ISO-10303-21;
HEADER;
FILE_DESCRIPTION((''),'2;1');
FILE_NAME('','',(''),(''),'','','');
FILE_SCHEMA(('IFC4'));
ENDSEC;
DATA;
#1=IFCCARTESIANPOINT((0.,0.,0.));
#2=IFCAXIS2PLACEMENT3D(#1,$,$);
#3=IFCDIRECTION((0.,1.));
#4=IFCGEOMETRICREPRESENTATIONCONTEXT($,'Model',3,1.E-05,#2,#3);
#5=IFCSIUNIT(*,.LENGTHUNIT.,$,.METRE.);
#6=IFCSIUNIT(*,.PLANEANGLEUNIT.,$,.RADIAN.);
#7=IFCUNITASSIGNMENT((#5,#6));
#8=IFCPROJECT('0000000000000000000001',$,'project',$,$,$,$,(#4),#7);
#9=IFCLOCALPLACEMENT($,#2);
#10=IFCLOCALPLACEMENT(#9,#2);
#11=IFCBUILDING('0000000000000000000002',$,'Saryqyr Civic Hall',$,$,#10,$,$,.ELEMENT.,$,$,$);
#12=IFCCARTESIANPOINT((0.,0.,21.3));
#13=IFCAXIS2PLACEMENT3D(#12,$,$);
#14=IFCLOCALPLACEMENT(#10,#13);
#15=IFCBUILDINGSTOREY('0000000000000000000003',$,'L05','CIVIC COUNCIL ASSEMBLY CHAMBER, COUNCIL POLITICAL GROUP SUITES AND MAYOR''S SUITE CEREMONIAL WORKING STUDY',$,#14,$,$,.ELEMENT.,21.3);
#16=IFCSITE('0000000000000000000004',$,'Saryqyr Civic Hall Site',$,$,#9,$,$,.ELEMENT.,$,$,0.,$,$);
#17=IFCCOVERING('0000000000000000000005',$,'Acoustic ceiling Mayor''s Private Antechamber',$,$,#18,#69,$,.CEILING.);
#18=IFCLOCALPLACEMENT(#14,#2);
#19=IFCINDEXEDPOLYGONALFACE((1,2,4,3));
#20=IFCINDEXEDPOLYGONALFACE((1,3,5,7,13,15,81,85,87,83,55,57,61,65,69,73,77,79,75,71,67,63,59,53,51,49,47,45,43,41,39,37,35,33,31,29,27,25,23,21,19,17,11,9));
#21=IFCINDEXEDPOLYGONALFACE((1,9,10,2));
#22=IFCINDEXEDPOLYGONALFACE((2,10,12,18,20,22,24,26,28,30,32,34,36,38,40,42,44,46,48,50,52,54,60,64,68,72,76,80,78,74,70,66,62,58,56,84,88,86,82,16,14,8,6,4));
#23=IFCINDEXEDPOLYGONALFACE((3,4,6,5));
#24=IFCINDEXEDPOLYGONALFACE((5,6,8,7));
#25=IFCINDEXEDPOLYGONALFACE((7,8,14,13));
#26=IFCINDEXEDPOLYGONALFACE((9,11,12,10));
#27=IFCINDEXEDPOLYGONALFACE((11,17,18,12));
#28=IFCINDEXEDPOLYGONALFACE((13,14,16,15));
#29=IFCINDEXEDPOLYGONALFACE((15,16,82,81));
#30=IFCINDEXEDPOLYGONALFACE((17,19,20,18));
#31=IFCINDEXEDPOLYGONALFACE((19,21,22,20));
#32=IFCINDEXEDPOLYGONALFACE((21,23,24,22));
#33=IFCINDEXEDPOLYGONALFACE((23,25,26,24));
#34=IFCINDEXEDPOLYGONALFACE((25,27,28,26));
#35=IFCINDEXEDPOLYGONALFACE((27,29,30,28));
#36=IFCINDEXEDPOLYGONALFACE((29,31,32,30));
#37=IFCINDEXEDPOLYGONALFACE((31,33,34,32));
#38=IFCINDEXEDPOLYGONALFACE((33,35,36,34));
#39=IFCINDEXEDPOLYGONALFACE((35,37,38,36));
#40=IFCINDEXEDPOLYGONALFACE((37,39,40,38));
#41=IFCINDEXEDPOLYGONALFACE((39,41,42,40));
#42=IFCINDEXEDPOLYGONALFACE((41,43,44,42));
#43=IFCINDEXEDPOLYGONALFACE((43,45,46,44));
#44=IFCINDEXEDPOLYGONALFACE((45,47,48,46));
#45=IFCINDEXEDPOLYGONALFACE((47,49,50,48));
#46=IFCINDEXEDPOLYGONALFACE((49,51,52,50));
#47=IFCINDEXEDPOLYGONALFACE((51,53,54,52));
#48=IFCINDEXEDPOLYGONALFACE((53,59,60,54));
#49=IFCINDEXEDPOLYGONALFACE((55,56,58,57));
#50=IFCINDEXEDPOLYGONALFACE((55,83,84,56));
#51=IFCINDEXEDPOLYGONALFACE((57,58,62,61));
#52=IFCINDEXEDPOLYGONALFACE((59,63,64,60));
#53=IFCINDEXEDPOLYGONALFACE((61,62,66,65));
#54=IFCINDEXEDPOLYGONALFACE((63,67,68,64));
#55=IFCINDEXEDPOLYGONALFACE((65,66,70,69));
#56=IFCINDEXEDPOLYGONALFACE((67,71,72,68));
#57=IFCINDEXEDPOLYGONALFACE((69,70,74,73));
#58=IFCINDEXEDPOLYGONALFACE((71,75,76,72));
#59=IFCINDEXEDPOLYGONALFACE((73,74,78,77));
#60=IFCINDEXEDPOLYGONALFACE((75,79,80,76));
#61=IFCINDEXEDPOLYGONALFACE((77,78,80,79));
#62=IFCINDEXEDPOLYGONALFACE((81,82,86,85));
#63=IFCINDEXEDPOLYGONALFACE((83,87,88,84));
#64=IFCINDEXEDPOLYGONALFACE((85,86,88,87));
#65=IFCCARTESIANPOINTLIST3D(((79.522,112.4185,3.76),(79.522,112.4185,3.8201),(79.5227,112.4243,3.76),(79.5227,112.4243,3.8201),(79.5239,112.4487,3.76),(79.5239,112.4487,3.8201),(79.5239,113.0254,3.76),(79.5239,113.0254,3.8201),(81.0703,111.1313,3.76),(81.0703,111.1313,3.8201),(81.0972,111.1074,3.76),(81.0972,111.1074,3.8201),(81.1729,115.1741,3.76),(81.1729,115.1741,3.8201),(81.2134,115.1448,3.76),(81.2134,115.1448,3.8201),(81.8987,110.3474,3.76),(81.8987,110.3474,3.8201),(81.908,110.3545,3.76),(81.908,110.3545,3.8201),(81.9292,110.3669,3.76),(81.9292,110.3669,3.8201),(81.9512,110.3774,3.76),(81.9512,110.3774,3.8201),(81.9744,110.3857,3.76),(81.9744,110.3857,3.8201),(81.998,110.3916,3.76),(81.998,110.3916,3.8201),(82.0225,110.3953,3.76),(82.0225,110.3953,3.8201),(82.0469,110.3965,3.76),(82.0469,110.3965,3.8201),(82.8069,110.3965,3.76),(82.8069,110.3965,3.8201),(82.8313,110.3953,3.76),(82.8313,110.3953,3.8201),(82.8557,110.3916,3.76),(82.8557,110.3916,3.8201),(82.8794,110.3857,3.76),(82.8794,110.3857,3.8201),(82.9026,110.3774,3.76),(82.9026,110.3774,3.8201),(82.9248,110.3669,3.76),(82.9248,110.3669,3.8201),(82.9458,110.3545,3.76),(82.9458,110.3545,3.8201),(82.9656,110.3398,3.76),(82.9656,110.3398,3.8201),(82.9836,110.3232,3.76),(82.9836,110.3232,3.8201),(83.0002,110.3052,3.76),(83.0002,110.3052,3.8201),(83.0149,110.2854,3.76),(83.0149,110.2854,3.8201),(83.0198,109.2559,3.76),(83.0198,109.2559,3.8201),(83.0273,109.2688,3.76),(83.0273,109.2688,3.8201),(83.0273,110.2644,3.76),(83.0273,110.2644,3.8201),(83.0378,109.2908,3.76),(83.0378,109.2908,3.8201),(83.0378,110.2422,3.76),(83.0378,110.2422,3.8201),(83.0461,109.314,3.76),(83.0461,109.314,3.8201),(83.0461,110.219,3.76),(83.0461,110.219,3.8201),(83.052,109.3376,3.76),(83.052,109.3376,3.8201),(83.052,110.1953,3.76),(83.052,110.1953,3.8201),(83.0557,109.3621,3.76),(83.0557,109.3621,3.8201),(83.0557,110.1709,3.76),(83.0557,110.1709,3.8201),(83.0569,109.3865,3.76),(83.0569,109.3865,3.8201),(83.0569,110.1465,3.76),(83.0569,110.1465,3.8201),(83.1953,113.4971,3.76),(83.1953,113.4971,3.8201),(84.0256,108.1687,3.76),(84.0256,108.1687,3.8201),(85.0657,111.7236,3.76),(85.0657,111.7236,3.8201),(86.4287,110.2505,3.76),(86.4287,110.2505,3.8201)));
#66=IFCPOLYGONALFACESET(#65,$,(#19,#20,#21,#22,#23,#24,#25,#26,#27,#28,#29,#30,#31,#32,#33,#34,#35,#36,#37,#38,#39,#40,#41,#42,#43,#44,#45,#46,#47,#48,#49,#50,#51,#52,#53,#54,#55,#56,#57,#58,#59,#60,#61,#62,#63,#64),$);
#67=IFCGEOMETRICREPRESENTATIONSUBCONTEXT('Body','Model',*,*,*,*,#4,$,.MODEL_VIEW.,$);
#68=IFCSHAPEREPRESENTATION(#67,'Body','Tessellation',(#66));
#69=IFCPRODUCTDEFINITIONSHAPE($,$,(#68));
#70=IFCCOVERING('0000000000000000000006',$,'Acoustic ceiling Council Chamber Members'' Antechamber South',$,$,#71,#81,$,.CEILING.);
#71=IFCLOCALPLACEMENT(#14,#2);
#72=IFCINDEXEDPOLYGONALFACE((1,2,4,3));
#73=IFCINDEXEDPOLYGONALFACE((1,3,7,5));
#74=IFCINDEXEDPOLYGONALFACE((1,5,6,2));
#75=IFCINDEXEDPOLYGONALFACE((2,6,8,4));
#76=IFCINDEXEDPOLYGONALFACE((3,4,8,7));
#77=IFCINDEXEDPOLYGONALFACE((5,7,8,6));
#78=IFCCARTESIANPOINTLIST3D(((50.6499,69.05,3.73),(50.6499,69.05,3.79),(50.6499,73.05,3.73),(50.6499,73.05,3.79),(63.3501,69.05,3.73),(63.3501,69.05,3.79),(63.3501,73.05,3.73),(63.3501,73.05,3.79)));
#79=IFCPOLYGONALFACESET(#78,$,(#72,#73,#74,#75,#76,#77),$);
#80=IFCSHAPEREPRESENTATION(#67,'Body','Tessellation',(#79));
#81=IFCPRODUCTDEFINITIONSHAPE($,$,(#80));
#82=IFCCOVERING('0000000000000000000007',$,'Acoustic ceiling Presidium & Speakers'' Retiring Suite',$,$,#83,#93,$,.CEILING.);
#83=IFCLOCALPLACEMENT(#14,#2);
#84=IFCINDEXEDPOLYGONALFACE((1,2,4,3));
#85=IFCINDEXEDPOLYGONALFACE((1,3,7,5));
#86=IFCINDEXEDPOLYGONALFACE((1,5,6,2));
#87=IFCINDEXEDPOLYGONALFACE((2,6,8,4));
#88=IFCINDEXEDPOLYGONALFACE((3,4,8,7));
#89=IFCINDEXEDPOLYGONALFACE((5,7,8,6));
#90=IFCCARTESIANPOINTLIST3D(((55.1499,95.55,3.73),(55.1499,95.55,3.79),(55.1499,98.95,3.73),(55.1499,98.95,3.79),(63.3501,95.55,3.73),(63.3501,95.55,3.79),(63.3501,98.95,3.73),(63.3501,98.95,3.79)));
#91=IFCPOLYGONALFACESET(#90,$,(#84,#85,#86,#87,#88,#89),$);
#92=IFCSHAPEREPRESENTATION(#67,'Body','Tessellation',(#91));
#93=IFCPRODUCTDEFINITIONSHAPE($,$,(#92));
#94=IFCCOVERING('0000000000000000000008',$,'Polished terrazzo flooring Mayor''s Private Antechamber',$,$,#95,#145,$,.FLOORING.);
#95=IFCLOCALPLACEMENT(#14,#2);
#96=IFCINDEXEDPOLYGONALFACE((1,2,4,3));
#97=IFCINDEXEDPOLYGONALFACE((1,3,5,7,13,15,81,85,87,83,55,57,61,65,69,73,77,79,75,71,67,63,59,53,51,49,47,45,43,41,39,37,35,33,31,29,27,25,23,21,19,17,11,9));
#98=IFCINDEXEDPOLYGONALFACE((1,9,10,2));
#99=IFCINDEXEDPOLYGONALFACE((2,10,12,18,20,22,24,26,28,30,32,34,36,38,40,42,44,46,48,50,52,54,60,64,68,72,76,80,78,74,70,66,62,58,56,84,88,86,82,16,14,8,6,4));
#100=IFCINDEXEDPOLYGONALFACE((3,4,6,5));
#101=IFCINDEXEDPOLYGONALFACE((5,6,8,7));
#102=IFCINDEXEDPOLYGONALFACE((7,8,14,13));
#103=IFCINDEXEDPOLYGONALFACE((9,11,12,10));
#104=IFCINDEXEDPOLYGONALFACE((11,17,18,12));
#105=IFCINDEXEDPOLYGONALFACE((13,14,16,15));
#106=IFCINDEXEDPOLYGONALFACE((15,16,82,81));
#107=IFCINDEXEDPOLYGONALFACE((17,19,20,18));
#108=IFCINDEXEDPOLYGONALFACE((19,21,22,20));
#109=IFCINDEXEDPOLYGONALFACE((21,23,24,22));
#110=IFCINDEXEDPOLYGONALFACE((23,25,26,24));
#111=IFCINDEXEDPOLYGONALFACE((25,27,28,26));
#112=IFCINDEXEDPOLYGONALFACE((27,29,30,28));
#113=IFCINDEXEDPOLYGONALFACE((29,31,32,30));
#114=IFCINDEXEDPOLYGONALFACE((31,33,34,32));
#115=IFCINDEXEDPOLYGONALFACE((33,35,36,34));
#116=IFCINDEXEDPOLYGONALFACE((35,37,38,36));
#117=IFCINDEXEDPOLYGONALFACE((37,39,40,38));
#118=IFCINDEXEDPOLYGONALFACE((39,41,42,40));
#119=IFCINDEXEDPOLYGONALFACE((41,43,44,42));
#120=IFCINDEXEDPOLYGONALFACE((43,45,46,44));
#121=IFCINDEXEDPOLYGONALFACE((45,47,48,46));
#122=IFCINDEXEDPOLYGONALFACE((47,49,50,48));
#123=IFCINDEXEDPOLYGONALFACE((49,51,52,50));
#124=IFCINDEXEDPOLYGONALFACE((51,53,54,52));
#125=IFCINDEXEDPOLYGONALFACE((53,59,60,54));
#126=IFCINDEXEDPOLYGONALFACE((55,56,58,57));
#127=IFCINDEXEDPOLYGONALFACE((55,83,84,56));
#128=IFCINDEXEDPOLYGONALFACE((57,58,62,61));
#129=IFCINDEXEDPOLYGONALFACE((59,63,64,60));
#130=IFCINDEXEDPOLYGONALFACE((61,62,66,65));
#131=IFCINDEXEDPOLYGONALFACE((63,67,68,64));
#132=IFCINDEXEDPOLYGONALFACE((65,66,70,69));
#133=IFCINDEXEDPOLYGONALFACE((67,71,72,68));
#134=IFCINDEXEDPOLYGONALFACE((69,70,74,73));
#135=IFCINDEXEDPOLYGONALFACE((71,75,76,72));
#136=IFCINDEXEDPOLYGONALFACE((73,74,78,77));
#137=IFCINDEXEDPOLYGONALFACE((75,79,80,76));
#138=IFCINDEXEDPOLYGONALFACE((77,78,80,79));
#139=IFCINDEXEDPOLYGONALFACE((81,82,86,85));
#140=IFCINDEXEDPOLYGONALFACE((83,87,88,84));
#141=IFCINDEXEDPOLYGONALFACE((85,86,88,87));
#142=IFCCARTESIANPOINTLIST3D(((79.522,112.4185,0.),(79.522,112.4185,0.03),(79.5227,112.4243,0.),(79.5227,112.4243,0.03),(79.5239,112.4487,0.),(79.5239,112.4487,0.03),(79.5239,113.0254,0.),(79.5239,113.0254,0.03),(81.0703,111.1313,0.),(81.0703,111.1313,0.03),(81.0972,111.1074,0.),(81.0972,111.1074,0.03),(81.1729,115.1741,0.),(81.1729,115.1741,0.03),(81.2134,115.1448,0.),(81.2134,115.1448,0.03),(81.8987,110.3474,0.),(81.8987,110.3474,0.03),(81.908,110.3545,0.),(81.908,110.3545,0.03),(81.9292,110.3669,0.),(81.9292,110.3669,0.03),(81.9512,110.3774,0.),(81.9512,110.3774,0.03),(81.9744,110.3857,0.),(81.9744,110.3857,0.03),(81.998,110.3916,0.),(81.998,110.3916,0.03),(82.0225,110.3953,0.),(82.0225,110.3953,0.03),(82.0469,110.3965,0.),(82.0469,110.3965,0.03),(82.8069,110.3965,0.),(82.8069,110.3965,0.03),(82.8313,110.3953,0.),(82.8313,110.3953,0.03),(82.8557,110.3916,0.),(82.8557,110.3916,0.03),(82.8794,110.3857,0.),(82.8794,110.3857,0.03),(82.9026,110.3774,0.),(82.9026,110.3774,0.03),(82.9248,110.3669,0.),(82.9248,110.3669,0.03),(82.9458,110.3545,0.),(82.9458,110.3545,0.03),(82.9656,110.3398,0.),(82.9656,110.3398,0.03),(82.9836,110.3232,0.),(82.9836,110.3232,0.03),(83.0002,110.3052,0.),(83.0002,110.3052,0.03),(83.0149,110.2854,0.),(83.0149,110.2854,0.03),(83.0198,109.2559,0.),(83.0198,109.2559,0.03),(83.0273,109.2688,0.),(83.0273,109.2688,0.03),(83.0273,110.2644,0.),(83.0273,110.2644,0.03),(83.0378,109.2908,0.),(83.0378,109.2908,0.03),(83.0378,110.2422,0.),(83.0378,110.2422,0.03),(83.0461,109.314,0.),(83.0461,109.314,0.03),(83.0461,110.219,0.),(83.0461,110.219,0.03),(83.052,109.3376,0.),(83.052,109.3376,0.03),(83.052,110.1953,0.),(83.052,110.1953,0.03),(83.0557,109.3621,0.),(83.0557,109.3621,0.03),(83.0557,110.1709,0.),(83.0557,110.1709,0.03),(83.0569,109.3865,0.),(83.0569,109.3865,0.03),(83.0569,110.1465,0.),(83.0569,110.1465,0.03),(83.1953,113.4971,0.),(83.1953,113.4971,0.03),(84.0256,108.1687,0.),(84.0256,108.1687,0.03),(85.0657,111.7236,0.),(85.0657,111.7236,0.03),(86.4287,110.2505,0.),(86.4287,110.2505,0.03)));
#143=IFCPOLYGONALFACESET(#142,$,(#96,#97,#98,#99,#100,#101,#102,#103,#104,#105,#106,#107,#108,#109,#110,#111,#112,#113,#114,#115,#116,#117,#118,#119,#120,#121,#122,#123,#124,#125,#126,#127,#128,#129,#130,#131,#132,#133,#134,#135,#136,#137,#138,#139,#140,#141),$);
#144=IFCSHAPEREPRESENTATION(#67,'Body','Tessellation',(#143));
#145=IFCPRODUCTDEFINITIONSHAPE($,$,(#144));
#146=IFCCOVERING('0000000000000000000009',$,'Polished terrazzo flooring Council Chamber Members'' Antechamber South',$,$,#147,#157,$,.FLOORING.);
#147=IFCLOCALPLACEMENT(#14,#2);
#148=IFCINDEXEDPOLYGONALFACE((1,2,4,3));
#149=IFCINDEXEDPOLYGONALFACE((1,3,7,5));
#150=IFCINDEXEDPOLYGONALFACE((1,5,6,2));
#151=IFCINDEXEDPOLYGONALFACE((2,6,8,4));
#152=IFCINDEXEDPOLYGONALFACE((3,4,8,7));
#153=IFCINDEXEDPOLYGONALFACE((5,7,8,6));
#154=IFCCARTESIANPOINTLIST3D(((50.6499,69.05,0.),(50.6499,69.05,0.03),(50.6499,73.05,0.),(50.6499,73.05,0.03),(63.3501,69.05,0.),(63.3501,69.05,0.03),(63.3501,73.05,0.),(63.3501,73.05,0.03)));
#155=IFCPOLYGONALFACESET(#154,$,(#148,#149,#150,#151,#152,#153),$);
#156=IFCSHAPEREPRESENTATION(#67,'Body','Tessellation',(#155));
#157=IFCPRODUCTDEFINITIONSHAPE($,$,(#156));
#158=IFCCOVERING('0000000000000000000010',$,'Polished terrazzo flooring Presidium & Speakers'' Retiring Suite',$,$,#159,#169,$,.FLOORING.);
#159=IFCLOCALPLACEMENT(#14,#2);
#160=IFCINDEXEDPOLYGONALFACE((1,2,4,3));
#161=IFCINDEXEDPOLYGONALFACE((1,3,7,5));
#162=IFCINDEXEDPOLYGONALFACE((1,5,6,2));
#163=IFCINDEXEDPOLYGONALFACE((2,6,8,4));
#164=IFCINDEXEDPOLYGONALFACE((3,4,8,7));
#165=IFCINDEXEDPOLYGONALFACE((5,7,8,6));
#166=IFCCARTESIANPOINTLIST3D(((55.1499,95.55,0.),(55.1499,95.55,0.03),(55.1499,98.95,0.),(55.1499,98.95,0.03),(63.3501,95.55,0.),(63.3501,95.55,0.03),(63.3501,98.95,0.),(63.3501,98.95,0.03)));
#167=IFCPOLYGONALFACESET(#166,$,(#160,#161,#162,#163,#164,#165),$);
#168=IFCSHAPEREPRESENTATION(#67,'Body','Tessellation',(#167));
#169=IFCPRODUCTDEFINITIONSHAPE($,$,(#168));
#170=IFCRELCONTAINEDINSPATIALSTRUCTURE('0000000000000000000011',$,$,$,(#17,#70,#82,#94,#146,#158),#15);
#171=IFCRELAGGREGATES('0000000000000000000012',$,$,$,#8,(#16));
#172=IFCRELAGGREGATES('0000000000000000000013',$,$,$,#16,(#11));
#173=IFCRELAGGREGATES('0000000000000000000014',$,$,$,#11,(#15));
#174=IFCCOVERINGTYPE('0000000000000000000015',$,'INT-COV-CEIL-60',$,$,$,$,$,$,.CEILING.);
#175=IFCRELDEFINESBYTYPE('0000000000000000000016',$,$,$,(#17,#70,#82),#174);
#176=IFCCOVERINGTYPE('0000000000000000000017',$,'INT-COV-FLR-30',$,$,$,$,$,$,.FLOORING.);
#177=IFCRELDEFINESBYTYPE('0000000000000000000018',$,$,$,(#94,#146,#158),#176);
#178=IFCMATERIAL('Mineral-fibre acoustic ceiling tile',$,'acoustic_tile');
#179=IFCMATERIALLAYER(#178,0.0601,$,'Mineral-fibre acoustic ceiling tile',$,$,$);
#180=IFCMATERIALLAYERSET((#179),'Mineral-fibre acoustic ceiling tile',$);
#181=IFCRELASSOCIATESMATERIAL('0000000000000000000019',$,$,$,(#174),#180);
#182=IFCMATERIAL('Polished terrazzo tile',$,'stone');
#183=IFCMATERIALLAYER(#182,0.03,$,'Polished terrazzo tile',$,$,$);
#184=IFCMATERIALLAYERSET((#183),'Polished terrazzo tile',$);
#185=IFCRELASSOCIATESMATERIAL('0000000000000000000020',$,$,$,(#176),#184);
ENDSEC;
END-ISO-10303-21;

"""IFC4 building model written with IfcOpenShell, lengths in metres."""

from ifc_helpers import new_model, si_unit, direction, frame, origin, place, context, subcontext, project, spatial, polyline, outline, extrude, material, layer, layer_set, type_object, element, save


model = new_model("IFC4")

# Units and contexts
model_context = context("Model", 3, precision=1e-05, world=origin(), true_north=direction((0.0, 1.0)))
body_context = subcontext(model_context, "Body", "Model", "MODEL_VIEW")
ifc_project = project(units=[si_unit("LENGTHUNIT", "METRE"), si_unit("PLANEANGLEUNIT", "RADIAN")], contexts=[model_context])

# Site, building, storey
site_placement = place(None, origin())
site = spatial("IfcSite", under=ifc_project, at=site_placement, Name="Saryqyr Civic Hall Site", CompositionType="ELEMENT", RefElevation=0.0)
building_placement = place(site_placement, origin())
building = spatial("IfcBuilding", under=site, at=building_placement, Name="Saryqyr Civic Hall", CompositionType="ELEMENT")
storey_placement = place(building_placement, frame((0.0, 0.0, 21.3)))
storey = spatial("IfcBuildingStorey", under=building, at=storey_placement, Name="L05", Description="CIVIC COUNCIL ASSEMBLY CHAMBER, COUNCIL POLITICAL GROUP SUITES AND MAYOR'S SUITE CEREMONIAL WORKING STUDY", CompositionType="ELEMENT", Elevation=21.3)

# Coverings
ifc_material_1 = material(Name="Mineral-fibre acoustic ceiling tile", Category="acoustic_tile")
ifc_layer_1 = layer(ifc_material_1, 0.0601, Name="Mineral-fibre acoustic ceiling tile")
ifc_layer_set_1 = layer_set([ifc_layer_1], Name="Mineral-fibre acoustic ceiling tile")
covering_type_1 = type_object("IfcCoveringType", Name="INT-COV-CEIL-60", PredefinedType="CEILING", material=ifc_layer_set_1)
covering_1_placement = place(storey_placement, frame((0.0, 0.0, 3.76)))
element("IfcCovering", 1, at=covering_1_placement, inside=storey, type_object=covering_type_1, Name="Acoustic ceiling Mayor's Private Antechamber", PredefinedType="CEILING", context=body_context, shape_type="SweptSolid", body=[
    extrude(outline(polyline([(79.522, 112.4185), (79.5227, 112.4243), (79.5239, 112.4487), (79.5239, 113.0254), (81.1729, 115.1741), (81.2134, 115.1448), (83.1953, 113.4971), (85.0657, 111.7236), (86.4287, 110.2505), (84.0256, 108.1687), (83.0198, 109.2559), (83.0273, 109.2688), (83.0378, 109.2908), (83.0461, 109.314), (83.052, 109.3376), (83.0557, 109.3621), (83.0569, 109.3865), (83.0569, 110.1465), (83.0557, 110.1709), (83.052, 110.1953), (83.0461, 110.219), (83.0378, 110.2422), (83.0273, 110.2644), (83.0149, 110.2854), (83.0002, 110.3052), (82.9836, 110.3232), (82.9656, 110.3398), (82.9458, 110.3545), (82.9248, 110.3669), (82.9026, 110.3774), (82.8794, 110.3857), (82.8557, 110.3916), (82.8313, 110.3953), (82.8069, 110.3965), (82.0469, 110.3965), (82.0225, 110.3953), (81.998, 110.3916), (81.9744, 110.3857), (81.9512, 110.3774), (81.9292, 110.3669), (81.908, 110.3545), (81.8987, 110.3474), (81.0972, 111.1074), (81.0703, 111.1313), (79.522, 112.4185)])), origin(), (0.0, 0.0, 1.0), 0.0601),
])
covering_2_placement = place(storey_placement, frame((0.0, 0.0, 3.73)))
element("IfcCovering", 2, at=covering_2_placement, inside=storey, type_object=covering_type_1, Name="Acoustic ceiling Council Chamber Members' Antechamber South", PredefinedType="CEILING", context=body_context, shape_type="SweptSolid", body=[
    extrude(outline(polyline([(50.6499, 69.05), (50.6499, 73.05), (63.3501, 73.05), (63.3501, 69.05), (50.6499, 69.05)])), origin(), (0.0, 0.0, 1.0), 0.0601),
])
covering_3_placement = place(storey_placement, frame((0.0, 0.0, 3.73)))
element("IfcCovering", 3, at=covering_3_placement, inside=storey, type_object=covering_type_1, Name="Acoustic ceiling Presidium & Speakers' Retiring Suite", PredefinedType="CEILING", context=body_context, shape_type="SweptSolid", body=[
    extrude(outline(polyline([(55.1499, 95.55), (55.1499, 98.95), (63.3501, 98.95), (63.3501, 95.55), (55.1499, 95.55)])), origin(), (0.0, 0.0, 1.0), 0.0601),
])
ifc_material_2 = material(Name="Polished terrazzo tile", Category="stone")
ifc_layer_2 = layer(ifc_material_2, 0.03, Name="Polished terrazzo tile")
ifc_layer_set_2 = layer_set([ifc_layer_2], Name="Polished terrazzo tile")
covering_type_2 = type_object("IfcCoveringType", Name="INT-COV-FLR-30", PredefinedType="FLOORING", material=ifc_layer_set_2)
covering_4_placement = place(storey_placement, origin())
element("IfcCovering", 4, at=covering_4_placement, inside=storey, type_object=covering_type_2, Name="Polished terrazzo flooring Mayor's Private Antechamber", PredefinedType="FLOORING", context=body_context, shape_type="SweptSolid", body=[
    extrude(outline(polyline([(79.522, 112.4185), (79.5227, 112.4243), (79.5239, 112.4487), (79.5239, 113.0254), (81.1729, 115.1741), (81.2134, 115.1448), (83.1953, 113.4971), (85.0657, 111.7236), (86.4287, 110.2505), (84.0256, 108.1687), (83.0198, 109.2559), (83.0273, 109.2688), (83.0378, 109.2908), (83.0461, 109.314), (83.052, 109.3376), (83.0557, 109.3621), (83.0569, 109.3865), (83.0569, 110.1465), (83.0557, 110.1709), (83.052, 110.1953), (83.0461, 110.219), (83.0378, 110.2422), (83.0273, 110.2644), (83.0149, 110.2854), (83.0002, 110.3052), (82.9836, 110.3232), (82.9656, 110.3398), (82.9458, 110.3545), (82.9248, 110.3669), (82.9026, 110.3774), (82.8794, 110.3857), (82.8557, 110.3916), (82.8313, 110.3953), (82.8069, 110.3965), (82.0469, 110.3965), (82.0225, 110.3953), (81.998, 110.3916), (81.9744, 110.3857), (81.9512, 110.3774), (81.9292, 110.3669), (81.908, 110.3545), (81.8987, 110.3474), (81.0972, 111.1074), (81.0703, 111.1313), (79.522, 112.4185)])), origin(), (0.0, 0.0, 1.0), 0.03),
])
covering_5_placement = place(storey_placement, origin())
element("IfcCovering", 5, at=covering_5_placement, inside=storey, type_object=covering_type_2, Name="Polished terrazzo flooring Council Chamber Members' Antechamber South", PredefinedType="FLOORING", context=body_context, shape_type="SweptSolid", body=[
    extrude(outline(polyline([(50.6499, 69.05), (50.6499, 73.05), (63.3501, 73.05), (63.3501, 69.05), (50.6499, 69.05)])), origin(), (0.0, 0.0, 1.0), 0.03),
])
covering_6_placement = place(storey_placement, origin())
element("IfcCovering", 6, at=covering_6_placement, inside=storey, type_object=covering_type_2, Name="Polished terrazzo flooring Presidium & Speakers' Retiring Suite", PredefinedType="FLOORING", context=body_context, shape_type="SweptSolid", body=[
    extrude(outline(polyline([(55.1499, 95.55), (55.1499, 98.95), (63.3501, 98.95), (63.3501, 95.55), (55.1499, 95.55)])), origin(), (0.0, 0.0, 1.0), 0.03),
])

save(model, "model.ifc")
